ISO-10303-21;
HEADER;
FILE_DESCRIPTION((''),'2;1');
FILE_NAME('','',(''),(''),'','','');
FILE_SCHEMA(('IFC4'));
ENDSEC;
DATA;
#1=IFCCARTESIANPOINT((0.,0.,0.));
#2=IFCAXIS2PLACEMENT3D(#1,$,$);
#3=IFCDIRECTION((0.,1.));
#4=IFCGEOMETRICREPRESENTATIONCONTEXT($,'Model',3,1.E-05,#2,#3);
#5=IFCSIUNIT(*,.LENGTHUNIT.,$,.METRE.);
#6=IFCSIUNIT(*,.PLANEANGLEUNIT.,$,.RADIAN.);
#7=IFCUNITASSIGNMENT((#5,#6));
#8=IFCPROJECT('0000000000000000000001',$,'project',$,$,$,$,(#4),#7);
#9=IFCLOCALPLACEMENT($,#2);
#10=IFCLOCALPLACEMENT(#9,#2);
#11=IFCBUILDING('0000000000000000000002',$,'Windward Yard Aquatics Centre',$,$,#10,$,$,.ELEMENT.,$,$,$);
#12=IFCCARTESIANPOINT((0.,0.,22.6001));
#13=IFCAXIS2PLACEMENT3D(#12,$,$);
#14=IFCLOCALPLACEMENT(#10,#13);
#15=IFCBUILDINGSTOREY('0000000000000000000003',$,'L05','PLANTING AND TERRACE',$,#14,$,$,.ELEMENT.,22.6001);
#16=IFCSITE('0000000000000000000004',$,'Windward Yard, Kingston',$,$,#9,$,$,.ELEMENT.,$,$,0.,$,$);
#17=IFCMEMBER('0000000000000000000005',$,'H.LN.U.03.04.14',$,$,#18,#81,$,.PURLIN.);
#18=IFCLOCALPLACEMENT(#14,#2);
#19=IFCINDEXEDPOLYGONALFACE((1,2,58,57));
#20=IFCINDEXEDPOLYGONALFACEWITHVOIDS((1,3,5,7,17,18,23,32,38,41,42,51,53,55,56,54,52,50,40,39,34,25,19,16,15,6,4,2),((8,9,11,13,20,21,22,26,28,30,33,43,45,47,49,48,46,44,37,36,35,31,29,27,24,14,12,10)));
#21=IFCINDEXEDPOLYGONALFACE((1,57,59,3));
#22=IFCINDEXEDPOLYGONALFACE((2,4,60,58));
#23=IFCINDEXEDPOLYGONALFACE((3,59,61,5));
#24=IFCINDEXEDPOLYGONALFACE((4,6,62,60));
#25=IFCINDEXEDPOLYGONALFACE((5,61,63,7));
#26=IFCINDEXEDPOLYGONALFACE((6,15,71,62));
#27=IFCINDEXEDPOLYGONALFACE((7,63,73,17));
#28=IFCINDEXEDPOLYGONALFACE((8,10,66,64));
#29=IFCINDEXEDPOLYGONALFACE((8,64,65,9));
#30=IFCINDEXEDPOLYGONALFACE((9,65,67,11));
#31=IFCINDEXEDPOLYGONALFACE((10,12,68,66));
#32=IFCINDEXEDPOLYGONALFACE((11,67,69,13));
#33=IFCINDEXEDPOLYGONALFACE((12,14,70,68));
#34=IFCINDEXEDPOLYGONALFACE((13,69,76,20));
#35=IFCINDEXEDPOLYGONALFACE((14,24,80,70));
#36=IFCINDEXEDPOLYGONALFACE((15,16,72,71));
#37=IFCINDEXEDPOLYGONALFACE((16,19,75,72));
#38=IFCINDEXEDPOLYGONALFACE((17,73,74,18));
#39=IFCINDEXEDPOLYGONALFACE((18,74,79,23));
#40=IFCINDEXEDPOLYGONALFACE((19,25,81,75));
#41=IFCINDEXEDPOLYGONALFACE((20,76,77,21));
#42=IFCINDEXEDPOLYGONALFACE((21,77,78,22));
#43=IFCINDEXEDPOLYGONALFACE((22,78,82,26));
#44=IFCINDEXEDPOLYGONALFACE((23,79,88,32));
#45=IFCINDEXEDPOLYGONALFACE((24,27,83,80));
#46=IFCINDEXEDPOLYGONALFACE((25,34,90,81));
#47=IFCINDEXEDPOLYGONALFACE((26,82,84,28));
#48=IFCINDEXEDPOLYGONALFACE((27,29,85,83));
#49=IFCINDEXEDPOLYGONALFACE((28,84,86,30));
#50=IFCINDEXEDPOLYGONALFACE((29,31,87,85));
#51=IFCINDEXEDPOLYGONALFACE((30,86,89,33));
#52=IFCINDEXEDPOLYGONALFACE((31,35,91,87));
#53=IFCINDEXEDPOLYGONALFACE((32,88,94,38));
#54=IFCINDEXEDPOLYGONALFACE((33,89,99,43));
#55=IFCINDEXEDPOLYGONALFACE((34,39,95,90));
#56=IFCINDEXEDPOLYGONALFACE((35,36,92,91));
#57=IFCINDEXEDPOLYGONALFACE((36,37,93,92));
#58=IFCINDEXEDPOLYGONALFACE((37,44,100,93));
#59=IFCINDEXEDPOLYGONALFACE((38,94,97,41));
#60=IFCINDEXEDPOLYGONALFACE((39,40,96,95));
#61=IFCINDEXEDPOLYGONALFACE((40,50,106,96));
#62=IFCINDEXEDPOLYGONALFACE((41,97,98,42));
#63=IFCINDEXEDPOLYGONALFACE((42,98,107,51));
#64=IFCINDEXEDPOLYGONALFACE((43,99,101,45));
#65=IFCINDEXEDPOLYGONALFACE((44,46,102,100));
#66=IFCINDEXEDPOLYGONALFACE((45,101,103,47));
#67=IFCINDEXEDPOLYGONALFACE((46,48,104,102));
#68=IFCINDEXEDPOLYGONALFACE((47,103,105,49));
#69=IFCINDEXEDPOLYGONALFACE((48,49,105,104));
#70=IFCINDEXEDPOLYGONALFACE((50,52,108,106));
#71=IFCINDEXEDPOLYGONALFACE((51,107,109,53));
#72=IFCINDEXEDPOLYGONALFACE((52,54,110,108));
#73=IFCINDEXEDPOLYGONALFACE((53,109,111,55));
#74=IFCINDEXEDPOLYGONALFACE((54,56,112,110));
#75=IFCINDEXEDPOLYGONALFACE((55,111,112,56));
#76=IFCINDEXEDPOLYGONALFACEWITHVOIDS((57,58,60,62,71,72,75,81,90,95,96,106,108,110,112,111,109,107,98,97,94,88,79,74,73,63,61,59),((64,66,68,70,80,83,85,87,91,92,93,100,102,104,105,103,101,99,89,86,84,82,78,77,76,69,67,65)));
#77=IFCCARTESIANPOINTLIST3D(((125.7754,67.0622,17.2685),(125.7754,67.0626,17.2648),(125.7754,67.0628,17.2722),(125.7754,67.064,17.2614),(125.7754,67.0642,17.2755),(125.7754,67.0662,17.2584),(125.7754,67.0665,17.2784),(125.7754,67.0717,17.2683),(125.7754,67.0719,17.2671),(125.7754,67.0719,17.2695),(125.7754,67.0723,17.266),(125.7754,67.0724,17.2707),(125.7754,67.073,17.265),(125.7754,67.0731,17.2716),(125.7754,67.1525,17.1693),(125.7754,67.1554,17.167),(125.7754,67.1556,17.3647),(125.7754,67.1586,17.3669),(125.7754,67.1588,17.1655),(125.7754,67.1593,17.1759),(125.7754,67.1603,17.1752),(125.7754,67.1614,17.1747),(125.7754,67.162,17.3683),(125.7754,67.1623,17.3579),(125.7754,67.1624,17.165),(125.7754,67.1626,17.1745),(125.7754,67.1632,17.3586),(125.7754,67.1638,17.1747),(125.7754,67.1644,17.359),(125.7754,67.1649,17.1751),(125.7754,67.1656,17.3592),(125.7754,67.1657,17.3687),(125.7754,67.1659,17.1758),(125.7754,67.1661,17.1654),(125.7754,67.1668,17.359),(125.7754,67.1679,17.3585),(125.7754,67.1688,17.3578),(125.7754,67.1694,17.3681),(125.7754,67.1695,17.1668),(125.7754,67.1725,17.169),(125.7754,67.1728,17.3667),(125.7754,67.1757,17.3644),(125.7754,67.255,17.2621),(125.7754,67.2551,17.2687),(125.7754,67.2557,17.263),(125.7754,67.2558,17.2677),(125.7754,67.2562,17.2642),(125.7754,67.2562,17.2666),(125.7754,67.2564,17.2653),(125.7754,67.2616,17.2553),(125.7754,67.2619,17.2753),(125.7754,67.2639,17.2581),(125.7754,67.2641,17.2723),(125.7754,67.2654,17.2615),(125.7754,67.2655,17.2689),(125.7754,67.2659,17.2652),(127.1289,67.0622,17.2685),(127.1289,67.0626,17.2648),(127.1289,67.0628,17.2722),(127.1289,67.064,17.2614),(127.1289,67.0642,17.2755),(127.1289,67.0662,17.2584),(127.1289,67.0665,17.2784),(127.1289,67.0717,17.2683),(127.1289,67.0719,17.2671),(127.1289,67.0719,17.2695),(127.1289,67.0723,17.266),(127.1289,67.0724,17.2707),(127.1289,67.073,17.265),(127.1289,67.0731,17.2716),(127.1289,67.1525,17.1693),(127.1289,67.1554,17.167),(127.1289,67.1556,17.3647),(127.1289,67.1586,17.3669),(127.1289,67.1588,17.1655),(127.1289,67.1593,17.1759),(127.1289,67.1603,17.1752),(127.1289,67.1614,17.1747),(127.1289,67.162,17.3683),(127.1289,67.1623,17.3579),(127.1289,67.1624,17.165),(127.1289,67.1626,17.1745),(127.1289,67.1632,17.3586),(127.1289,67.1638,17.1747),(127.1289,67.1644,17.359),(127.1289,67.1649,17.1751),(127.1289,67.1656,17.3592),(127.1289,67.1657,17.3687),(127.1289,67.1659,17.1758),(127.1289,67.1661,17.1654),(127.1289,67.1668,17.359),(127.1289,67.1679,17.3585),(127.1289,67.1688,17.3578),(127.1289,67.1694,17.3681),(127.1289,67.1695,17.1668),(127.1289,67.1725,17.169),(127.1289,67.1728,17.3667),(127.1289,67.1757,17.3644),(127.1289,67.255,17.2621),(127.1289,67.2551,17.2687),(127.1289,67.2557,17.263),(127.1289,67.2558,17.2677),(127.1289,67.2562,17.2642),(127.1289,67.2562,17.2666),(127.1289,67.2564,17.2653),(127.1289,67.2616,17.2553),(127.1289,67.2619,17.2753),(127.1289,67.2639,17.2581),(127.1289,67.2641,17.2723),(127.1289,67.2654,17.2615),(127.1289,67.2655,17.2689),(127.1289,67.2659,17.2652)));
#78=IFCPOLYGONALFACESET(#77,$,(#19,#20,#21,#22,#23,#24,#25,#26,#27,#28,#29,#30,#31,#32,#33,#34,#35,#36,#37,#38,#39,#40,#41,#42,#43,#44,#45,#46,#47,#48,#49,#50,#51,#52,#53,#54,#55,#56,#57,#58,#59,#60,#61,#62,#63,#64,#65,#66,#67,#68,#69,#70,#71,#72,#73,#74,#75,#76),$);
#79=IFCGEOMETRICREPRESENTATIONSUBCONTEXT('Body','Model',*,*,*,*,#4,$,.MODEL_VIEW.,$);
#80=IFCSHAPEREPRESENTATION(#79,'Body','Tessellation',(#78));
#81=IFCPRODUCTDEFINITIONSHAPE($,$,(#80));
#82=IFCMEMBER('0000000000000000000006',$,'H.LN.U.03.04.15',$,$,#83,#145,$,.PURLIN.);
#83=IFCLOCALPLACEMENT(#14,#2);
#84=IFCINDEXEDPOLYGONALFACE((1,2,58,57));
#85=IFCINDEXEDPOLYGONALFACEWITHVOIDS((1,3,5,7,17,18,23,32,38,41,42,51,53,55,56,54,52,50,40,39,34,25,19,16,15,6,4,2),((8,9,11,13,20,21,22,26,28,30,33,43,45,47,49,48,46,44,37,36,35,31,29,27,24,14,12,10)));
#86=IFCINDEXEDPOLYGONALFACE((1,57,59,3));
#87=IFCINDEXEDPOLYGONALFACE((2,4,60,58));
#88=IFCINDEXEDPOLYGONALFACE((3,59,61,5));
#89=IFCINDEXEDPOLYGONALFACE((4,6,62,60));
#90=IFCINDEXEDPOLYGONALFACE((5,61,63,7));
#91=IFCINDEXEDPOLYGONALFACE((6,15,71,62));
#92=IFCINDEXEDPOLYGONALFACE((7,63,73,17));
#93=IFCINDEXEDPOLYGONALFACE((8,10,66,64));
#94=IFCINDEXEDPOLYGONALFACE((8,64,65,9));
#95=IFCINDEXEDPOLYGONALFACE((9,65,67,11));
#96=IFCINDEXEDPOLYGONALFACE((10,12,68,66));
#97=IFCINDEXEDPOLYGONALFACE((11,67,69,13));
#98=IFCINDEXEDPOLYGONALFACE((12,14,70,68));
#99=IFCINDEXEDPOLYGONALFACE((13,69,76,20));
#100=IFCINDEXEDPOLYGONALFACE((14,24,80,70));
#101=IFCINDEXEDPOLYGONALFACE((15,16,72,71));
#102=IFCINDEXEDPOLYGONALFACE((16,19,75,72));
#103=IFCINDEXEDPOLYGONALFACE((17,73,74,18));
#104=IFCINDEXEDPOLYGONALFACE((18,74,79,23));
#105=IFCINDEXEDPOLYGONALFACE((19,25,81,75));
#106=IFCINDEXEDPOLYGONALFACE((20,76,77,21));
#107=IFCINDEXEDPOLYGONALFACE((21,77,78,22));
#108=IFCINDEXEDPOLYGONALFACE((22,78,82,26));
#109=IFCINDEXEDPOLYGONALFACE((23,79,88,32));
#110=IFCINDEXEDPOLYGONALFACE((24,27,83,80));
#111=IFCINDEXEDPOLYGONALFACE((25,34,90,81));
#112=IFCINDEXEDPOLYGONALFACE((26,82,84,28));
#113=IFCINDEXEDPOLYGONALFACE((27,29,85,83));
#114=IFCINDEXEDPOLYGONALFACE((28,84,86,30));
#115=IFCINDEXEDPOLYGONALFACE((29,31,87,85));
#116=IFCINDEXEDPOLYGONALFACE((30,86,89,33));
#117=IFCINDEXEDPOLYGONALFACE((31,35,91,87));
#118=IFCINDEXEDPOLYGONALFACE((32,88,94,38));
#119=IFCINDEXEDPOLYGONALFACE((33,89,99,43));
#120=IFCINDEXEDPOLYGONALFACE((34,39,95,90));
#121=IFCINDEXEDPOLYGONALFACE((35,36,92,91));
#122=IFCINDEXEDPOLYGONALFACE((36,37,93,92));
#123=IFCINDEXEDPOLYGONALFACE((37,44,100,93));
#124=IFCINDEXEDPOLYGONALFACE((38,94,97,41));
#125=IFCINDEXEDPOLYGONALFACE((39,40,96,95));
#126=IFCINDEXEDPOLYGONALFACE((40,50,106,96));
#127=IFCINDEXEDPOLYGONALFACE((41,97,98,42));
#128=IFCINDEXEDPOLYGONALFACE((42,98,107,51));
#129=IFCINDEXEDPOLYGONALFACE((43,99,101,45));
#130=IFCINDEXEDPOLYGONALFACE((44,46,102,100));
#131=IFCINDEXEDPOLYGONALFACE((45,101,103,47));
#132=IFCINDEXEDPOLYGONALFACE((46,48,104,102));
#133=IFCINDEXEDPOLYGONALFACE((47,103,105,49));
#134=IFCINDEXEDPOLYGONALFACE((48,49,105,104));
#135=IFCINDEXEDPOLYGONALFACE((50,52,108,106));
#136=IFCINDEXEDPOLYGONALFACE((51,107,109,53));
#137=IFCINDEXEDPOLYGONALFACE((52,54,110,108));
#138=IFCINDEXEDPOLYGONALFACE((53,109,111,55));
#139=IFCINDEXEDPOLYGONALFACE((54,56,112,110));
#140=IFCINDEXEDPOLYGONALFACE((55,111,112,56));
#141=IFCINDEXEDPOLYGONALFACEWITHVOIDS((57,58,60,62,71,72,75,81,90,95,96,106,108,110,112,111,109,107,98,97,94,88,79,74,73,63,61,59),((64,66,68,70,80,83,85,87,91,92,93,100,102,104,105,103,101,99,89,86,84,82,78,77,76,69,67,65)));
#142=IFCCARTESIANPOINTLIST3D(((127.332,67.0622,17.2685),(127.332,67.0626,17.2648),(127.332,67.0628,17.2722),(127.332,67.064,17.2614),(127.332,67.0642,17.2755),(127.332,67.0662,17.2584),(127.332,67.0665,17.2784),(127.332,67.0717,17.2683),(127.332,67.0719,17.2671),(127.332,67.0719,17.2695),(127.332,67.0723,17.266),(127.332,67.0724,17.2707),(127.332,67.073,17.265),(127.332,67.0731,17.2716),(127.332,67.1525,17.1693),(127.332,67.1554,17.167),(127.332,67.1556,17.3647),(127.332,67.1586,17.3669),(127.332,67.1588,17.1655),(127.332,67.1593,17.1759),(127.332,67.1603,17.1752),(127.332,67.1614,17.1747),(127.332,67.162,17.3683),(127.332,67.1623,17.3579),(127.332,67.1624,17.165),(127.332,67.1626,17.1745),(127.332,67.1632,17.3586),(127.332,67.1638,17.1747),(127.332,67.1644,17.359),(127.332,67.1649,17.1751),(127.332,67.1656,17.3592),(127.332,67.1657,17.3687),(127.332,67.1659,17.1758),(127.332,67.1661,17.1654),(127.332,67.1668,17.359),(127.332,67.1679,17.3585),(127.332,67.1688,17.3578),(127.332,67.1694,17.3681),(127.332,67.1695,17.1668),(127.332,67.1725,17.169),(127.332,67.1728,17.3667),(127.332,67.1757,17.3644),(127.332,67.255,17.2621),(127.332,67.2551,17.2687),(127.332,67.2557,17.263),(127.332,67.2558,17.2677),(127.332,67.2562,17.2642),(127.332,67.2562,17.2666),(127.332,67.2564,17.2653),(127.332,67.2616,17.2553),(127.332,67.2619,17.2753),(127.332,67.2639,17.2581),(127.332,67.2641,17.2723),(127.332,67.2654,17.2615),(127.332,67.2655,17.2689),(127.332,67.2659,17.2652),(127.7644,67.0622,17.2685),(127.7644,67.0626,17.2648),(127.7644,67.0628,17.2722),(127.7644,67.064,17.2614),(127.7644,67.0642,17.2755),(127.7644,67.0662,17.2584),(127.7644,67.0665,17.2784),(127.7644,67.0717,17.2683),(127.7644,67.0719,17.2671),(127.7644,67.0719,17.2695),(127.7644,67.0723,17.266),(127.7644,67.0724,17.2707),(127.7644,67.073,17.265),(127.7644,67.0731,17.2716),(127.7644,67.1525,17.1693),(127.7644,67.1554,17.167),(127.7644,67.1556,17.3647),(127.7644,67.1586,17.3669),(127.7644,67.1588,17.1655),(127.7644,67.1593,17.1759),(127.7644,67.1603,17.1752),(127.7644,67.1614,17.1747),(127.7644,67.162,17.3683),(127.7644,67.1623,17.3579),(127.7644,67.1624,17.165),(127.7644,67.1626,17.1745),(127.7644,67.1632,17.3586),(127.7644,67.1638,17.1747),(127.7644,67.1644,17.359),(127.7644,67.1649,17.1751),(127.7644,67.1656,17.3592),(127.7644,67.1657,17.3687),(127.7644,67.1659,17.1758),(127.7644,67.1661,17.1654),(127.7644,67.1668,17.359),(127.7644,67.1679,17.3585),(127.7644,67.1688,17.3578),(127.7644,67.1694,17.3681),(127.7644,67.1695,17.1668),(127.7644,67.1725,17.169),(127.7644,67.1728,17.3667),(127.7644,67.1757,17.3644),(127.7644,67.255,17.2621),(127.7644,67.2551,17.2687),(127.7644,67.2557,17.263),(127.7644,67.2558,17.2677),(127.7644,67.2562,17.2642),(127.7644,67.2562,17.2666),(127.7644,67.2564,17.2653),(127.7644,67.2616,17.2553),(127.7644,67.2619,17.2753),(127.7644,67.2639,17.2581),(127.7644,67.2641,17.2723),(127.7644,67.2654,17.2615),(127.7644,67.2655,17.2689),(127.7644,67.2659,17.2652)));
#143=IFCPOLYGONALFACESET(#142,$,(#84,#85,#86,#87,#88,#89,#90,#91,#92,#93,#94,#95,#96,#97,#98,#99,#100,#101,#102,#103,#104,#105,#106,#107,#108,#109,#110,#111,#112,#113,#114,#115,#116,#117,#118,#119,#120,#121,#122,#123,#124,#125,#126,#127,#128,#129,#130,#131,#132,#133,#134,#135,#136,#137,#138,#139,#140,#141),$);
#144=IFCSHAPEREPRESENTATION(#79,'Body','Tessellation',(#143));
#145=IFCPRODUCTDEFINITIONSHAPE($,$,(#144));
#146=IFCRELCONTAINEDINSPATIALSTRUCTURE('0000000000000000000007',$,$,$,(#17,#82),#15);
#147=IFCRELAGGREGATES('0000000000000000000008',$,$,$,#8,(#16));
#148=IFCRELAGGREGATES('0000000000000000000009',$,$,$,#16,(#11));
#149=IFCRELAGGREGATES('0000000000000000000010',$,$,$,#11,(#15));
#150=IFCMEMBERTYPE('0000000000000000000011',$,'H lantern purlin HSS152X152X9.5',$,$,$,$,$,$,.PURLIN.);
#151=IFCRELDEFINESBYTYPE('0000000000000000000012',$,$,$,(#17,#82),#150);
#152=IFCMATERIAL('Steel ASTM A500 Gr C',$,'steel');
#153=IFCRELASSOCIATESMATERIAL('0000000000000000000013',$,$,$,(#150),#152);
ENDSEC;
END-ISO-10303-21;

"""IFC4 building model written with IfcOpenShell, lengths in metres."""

from ifc_helpers import new_model, si_unit, direction, frame, origin, origin_2d, place, context, subcontext, project, spatial, hollow_rectangle, extrude, material, material_profile, profile_set, type_object, element, save


model = new_model("IFC4")

# Units and contexts
model_context = context("Model", 3, precision=1e-05, world=origin(), true_north=direction((0.0, 1.0)))
body_context = subcontext(model_context, "Body", "Model", "MODEL_VIEW")
ifc_project = project(units=[si_unit("LENGTHUNIT", "METRE"), si_unit("PLANEANGLEUNIT", "RADIAN")], contexts=[model_context])

# Site, building, storey
site_placement = place(None, origin())
site = spatial("IfcSite", under=ifc_project, at=site_placement, Name="Windward Yard, Kingston", CompositionType="ELEMENT", RefElevation=0.0)
building_placement = place(site_placement, origin())
building = spatial("IfcBuilding", under=site, at=building_placement, Name="Windward Yard Aquatics Centre", CompositionType="ELEMENT")
storey_placement = place(building_placement, frame((0.0, 0.0, 22.6001)))
storey = spatial("IfcBuildingStorey", under=building, at=storey_placement, Name="L05", Description="PLANTING AND TERRACE", CompositionType="ELEMENT", Elevation=22.6001)

# Members
ifc_material_1 = material(Name="Steel ASTM A500 Gr C", Category="steel")
ifc_material_profile = material_profile(ifc_material_1, hollow_rectangle(XDim=0.1523, YDim=0.1523, WallThickness=0.0095, InnerFilletRadius=0.0046, OuterFilletRadius=0.0142, at=origin_2d()), Name="HSS152X152X9.5")
ifc_profile_set = profile_set([ifc_material_profile], Name="Steel ASTM A500 Gr C")
member_type = type_object("IfcMemberType", Name="H lantern purlin HSS152X152X9.5", PredefinedType="PURLIN", material=ifc_profile_set)
member_1_placement = place(storey_placement, frame((125.7754, 67.1641, 17.2668), z_axis=(1.0, 0.0, 0.0), x_axis=(0.0, 0.69555, -0.718477)))
element("IfcMember", 1, at=member_1_placement, inside=storey, type_object=member_type, Name="H.LN.U.03.04.14", PredefinedType="PURLIN", context=body_context, shape_type="SweptSolid", body=[
    extrude(hollow_rectangle(XDim=0.1523, YDim=0.1523, WallThickness=0.0095, InnerFilletRadius=0.0046, OuterFilletRadius=0.0142, at=origin_2d()), origin(), (0.0, 0.0, 1.0), 1.3535),
])
member_2_placement = place(storey_placement, frame((127.332, 67.1641, 17.2668), z_axis=(1.0, 0.0, 0.0), x_axis=(0.0, 0.69555, -0.718477)))
element("IfcMember", 2, at=member_2_placement, inside=storey, type_object=member_type, Name="H.LN.U.03.04.15", PredefinedType="PURLIN", context=body_context, shape_type="SweptSolid", body=[
    extrude(hollow_rectangle(XDim=0.1523, YDim=0.1523, WallThickness=0.0095, InnerFilletRadius=0.0046, OuterFilletRadius=0.0142, at=origin_2d()), origin(), (0.0, 0.0, 1.0), 0.4324),
])

save(model, "model.ifc")
